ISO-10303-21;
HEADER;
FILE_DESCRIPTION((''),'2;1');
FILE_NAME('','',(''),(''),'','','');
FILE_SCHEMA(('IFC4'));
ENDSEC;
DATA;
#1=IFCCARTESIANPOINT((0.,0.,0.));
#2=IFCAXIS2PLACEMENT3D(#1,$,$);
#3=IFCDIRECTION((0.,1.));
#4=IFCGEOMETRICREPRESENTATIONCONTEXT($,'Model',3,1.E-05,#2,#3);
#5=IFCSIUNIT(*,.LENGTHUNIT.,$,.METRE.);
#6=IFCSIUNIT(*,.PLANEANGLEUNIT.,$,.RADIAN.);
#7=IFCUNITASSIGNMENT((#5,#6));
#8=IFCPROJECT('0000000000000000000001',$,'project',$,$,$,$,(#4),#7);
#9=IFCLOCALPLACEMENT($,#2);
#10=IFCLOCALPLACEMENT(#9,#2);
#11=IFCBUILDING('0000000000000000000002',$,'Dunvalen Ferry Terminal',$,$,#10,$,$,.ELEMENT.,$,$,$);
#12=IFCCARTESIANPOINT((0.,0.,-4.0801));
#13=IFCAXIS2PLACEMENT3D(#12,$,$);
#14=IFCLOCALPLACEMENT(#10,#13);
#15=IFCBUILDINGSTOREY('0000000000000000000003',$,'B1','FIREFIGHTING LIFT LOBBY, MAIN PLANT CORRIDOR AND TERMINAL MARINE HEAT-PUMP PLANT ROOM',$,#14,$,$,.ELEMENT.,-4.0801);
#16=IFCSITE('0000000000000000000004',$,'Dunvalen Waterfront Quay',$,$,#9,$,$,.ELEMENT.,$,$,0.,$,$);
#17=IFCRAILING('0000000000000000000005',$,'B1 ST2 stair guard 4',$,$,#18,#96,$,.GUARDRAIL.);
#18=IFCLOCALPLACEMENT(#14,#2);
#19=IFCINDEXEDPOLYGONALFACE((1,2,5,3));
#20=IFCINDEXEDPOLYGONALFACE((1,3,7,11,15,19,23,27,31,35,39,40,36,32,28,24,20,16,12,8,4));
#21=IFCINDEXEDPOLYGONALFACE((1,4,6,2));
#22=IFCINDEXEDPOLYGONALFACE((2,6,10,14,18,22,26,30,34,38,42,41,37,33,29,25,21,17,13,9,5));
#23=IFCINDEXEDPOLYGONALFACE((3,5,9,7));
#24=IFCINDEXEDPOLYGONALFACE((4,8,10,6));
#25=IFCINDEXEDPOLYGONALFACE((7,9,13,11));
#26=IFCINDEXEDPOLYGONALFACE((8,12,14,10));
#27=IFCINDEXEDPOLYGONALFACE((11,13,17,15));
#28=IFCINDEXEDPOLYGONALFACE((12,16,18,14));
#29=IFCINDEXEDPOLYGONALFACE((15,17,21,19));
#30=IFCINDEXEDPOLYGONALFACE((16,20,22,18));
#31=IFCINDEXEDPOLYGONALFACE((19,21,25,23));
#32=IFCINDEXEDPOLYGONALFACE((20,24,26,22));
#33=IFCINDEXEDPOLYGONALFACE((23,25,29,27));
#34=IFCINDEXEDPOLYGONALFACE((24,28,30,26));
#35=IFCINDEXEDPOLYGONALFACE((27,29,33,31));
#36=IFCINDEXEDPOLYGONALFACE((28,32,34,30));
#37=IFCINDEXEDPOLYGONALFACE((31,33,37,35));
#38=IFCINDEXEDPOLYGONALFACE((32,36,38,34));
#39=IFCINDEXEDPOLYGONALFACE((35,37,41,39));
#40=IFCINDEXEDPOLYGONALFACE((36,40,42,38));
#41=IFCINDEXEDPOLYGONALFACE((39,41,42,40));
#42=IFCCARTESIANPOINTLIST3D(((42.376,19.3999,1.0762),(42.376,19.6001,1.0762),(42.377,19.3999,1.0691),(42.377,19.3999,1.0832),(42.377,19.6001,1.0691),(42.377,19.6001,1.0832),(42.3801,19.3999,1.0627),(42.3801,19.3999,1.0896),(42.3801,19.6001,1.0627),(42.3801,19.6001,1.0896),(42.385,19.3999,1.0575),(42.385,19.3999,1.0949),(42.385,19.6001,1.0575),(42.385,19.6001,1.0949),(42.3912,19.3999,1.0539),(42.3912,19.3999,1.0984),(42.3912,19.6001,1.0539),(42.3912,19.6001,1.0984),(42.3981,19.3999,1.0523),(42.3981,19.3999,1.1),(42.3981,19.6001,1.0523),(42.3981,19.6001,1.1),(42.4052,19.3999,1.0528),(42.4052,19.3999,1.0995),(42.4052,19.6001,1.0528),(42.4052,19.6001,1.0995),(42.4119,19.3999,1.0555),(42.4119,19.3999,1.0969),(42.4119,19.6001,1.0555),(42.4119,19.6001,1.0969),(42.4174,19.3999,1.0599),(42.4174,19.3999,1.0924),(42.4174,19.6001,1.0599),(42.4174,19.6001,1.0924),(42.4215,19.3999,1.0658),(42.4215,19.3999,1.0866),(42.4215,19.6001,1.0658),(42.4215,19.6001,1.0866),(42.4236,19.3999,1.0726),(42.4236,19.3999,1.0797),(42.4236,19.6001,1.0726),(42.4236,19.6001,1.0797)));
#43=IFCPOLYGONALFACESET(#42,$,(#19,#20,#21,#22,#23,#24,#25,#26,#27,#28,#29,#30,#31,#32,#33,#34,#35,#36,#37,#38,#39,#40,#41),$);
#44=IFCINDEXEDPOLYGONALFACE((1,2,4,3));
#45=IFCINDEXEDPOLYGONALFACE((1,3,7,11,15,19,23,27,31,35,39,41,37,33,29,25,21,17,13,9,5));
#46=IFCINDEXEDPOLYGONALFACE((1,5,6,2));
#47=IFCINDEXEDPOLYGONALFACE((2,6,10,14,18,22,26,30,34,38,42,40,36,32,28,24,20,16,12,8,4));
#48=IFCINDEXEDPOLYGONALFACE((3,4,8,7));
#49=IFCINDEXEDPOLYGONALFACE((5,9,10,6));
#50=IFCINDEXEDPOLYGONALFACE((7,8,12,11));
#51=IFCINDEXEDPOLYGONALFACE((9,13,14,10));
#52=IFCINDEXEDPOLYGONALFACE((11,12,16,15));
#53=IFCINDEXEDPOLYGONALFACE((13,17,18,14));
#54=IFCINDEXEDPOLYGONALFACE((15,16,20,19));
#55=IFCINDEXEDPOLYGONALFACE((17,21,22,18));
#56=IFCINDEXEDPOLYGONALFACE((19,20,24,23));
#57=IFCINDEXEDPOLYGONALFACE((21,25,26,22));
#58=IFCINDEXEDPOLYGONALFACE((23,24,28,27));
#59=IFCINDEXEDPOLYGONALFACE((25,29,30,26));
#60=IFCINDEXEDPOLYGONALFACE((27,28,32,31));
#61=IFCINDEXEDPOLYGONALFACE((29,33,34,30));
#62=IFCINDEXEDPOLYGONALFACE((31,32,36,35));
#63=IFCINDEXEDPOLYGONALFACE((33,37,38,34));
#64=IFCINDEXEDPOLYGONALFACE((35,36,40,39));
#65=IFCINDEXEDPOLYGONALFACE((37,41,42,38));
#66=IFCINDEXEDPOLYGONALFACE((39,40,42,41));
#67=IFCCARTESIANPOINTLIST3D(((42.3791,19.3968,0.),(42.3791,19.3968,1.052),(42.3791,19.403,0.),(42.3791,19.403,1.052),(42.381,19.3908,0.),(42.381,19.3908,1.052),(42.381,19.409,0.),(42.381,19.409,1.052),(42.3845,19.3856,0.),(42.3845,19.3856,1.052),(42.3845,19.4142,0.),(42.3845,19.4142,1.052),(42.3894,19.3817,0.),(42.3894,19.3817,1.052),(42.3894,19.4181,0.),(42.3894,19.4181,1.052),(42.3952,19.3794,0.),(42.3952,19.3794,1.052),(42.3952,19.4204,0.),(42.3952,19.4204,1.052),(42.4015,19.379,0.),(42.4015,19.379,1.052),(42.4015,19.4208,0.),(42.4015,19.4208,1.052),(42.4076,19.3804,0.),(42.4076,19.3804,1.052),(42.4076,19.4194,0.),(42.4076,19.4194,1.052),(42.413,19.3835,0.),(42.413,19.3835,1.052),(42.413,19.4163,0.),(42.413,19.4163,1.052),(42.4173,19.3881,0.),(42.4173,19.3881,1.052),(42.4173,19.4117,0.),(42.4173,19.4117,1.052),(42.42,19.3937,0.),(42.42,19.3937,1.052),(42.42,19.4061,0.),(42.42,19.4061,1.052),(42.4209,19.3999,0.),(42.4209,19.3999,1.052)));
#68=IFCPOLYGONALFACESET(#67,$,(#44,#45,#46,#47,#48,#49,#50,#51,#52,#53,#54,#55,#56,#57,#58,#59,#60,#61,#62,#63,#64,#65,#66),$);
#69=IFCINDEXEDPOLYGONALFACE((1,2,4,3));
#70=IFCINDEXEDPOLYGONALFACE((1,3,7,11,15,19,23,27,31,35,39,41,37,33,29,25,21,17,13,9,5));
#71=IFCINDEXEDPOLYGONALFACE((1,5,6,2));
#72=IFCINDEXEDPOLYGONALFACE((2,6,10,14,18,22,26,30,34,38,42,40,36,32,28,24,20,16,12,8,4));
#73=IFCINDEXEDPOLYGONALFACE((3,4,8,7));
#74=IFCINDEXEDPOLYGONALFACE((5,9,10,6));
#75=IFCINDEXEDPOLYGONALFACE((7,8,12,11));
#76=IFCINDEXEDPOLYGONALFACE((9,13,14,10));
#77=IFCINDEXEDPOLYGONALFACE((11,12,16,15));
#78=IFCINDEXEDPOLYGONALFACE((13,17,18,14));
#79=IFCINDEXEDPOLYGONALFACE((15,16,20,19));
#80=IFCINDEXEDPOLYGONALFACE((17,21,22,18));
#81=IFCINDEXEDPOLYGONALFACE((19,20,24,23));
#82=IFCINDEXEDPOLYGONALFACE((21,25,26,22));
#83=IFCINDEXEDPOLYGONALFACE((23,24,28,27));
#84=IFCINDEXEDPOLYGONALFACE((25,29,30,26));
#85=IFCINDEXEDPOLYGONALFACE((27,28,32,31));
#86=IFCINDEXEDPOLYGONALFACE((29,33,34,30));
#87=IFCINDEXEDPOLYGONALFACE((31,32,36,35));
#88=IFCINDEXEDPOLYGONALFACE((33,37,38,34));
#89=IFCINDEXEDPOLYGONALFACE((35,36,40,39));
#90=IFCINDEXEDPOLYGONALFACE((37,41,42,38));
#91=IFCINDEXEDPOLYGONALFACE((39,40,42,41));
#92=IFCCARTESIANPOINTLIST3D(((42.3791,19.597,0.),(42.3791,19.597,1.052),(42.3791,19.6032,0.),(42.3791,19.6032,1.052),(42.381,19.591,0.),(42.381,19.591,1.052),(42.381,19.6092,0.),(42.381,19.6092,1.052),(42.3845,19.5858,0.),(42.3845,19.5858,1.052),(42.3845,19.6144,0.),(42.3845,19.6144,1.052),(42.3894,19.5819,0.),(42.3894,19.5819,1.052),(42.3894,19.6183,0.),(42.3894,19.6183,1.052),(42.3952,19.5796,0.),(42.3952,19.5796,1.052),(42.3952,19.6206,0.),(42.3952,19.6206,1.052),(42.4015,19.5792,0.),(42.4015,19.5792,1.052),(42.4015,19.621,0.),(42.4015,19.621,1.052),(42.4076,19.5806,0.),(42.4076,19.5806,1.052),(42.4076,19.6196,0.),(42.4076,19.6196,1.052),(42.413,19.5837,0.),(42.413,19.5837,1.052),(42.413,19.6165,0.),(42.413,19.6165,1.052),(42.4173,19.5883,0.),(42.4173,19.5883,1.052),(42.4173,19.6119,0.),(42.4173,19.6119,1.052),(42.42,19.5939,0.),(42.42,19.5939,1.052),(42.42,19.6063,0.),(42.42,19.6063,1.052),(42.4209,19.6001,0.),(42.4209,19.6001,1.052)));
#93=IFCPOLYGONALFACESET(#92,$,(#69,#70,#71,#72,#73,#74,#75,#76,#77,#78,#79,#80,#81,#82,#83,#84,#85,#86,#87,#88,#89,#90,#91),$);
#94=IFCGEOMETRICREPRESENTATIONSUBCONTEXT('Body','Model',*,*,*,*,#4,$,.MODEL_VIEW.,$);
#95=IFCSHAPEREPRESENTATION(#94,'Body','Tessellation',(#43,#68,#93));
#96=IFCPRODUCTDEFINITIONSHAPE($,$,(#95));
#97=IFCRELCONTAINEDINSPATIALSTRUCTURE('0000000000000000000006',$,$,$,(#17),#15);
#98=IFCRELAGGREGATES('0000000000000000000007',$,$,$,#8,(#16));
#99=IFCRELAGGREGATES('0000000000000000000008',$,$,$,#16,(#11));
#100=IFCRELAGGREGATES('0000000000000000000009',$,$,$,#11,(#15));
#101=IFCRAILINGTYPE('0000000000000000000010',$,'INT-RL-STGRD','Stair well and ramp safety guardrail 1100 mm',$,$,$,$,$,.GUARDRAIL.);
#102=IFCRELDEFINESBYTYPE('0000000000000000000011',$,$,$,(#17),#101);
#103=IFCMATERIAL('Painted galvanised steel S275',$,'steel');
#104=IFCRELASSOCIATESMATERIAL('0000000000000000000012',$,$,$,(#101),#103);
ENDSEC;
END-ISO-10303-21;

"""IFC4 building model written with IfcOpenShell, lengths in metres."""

from ifc_helpers import new_model, si_unit, direction, frame, origin, origin_2d, place, context, subcontext, project, spatial, circle, extrude, material, type_object, element, save


model = new_model("IFC4")

# Units and contexts
model_context = context("Model", 3, precision=1e-05, world=origin(), true_north=direction((0.0, 1.0)))
body_context = subcontext(model_context, "Body", "Model", "MODEL_VIEW")
ifc_project = project(units=[si_unit("LENGTHUNIT", "METRE"), si_unit("PLANEANGLEUNIT", "RADIAN")], contexts=[model_context])

# Site, building, storey
site_placement = place(None, origin())
site = spatial("IfcSite", under=ifc_project, at=site_placement, Name="Dunvalen Waterfront Quay", CompositionType="ELEMENT", RefElevation=0.0)
building_placement = place(site_placement, origin())
building = spatial("IfcBuilding", under=site, at=building_placement, Name="Dunvalen Ferry Terminal", CompositionType="ELEMENT")
storey_placement = place(building_placement, frame((0.0, 0.0, -4.0801)))
storey = spatial("IfcBuildingStorey", under=building, at=storey_placement, Name="B1", Description="FIREFIGHTING LIFT LOBBY, MAIN PLANT CORRIDOR AND TERMINAL MARINE HEAT-PUMP PLANT ROOM", CompositionType="ELEMENT", Elevation=-4.0801)

# Railing
ifc_material_1 = material(Name="Painted galvanised steel S275", Category="steel")
railing_type_1 = type_object("IfcRailingType", Name="INT-RL-STGRD", Description="Stair well and ramp safety guardrail 1100 mm", PredefinedType="GUARDRAIL", material=ifc_material_1)
railing_1_placement = place(storey_placement, frame((42.3999, 19.3999, 0.0)))
element("IfcRailing", 1, at=railing_1_placement, inside=storey, type_object=railing_type_1, Name="B1 ST2 stair guard 4", PredefinedType="GUARDRAIL", context=body_context, shape_type="SweptSolid", body=[
    extrude(circle(Radius=0.0239, at=origin_2d()), frame((0.0, 0.0, 1.0762), z_axis=(0.0, 1.0, 0.0), x_axis=(-1.0, 0.0, 0.0)), (0.0, 0.0, 1.0), 0.2002),
    extrude(circle(Radius=0.021, at=origin_2d()), origin(), (0.0, 0.0, 1.0), 1.052),
    extrude(circle(Radius=0.021, at=origin_2d()), frame((0.0, 0.2002, 0.0)), (0.0, 0.0, 1.0), 1.052),
])

save(model, "model.ifc")
